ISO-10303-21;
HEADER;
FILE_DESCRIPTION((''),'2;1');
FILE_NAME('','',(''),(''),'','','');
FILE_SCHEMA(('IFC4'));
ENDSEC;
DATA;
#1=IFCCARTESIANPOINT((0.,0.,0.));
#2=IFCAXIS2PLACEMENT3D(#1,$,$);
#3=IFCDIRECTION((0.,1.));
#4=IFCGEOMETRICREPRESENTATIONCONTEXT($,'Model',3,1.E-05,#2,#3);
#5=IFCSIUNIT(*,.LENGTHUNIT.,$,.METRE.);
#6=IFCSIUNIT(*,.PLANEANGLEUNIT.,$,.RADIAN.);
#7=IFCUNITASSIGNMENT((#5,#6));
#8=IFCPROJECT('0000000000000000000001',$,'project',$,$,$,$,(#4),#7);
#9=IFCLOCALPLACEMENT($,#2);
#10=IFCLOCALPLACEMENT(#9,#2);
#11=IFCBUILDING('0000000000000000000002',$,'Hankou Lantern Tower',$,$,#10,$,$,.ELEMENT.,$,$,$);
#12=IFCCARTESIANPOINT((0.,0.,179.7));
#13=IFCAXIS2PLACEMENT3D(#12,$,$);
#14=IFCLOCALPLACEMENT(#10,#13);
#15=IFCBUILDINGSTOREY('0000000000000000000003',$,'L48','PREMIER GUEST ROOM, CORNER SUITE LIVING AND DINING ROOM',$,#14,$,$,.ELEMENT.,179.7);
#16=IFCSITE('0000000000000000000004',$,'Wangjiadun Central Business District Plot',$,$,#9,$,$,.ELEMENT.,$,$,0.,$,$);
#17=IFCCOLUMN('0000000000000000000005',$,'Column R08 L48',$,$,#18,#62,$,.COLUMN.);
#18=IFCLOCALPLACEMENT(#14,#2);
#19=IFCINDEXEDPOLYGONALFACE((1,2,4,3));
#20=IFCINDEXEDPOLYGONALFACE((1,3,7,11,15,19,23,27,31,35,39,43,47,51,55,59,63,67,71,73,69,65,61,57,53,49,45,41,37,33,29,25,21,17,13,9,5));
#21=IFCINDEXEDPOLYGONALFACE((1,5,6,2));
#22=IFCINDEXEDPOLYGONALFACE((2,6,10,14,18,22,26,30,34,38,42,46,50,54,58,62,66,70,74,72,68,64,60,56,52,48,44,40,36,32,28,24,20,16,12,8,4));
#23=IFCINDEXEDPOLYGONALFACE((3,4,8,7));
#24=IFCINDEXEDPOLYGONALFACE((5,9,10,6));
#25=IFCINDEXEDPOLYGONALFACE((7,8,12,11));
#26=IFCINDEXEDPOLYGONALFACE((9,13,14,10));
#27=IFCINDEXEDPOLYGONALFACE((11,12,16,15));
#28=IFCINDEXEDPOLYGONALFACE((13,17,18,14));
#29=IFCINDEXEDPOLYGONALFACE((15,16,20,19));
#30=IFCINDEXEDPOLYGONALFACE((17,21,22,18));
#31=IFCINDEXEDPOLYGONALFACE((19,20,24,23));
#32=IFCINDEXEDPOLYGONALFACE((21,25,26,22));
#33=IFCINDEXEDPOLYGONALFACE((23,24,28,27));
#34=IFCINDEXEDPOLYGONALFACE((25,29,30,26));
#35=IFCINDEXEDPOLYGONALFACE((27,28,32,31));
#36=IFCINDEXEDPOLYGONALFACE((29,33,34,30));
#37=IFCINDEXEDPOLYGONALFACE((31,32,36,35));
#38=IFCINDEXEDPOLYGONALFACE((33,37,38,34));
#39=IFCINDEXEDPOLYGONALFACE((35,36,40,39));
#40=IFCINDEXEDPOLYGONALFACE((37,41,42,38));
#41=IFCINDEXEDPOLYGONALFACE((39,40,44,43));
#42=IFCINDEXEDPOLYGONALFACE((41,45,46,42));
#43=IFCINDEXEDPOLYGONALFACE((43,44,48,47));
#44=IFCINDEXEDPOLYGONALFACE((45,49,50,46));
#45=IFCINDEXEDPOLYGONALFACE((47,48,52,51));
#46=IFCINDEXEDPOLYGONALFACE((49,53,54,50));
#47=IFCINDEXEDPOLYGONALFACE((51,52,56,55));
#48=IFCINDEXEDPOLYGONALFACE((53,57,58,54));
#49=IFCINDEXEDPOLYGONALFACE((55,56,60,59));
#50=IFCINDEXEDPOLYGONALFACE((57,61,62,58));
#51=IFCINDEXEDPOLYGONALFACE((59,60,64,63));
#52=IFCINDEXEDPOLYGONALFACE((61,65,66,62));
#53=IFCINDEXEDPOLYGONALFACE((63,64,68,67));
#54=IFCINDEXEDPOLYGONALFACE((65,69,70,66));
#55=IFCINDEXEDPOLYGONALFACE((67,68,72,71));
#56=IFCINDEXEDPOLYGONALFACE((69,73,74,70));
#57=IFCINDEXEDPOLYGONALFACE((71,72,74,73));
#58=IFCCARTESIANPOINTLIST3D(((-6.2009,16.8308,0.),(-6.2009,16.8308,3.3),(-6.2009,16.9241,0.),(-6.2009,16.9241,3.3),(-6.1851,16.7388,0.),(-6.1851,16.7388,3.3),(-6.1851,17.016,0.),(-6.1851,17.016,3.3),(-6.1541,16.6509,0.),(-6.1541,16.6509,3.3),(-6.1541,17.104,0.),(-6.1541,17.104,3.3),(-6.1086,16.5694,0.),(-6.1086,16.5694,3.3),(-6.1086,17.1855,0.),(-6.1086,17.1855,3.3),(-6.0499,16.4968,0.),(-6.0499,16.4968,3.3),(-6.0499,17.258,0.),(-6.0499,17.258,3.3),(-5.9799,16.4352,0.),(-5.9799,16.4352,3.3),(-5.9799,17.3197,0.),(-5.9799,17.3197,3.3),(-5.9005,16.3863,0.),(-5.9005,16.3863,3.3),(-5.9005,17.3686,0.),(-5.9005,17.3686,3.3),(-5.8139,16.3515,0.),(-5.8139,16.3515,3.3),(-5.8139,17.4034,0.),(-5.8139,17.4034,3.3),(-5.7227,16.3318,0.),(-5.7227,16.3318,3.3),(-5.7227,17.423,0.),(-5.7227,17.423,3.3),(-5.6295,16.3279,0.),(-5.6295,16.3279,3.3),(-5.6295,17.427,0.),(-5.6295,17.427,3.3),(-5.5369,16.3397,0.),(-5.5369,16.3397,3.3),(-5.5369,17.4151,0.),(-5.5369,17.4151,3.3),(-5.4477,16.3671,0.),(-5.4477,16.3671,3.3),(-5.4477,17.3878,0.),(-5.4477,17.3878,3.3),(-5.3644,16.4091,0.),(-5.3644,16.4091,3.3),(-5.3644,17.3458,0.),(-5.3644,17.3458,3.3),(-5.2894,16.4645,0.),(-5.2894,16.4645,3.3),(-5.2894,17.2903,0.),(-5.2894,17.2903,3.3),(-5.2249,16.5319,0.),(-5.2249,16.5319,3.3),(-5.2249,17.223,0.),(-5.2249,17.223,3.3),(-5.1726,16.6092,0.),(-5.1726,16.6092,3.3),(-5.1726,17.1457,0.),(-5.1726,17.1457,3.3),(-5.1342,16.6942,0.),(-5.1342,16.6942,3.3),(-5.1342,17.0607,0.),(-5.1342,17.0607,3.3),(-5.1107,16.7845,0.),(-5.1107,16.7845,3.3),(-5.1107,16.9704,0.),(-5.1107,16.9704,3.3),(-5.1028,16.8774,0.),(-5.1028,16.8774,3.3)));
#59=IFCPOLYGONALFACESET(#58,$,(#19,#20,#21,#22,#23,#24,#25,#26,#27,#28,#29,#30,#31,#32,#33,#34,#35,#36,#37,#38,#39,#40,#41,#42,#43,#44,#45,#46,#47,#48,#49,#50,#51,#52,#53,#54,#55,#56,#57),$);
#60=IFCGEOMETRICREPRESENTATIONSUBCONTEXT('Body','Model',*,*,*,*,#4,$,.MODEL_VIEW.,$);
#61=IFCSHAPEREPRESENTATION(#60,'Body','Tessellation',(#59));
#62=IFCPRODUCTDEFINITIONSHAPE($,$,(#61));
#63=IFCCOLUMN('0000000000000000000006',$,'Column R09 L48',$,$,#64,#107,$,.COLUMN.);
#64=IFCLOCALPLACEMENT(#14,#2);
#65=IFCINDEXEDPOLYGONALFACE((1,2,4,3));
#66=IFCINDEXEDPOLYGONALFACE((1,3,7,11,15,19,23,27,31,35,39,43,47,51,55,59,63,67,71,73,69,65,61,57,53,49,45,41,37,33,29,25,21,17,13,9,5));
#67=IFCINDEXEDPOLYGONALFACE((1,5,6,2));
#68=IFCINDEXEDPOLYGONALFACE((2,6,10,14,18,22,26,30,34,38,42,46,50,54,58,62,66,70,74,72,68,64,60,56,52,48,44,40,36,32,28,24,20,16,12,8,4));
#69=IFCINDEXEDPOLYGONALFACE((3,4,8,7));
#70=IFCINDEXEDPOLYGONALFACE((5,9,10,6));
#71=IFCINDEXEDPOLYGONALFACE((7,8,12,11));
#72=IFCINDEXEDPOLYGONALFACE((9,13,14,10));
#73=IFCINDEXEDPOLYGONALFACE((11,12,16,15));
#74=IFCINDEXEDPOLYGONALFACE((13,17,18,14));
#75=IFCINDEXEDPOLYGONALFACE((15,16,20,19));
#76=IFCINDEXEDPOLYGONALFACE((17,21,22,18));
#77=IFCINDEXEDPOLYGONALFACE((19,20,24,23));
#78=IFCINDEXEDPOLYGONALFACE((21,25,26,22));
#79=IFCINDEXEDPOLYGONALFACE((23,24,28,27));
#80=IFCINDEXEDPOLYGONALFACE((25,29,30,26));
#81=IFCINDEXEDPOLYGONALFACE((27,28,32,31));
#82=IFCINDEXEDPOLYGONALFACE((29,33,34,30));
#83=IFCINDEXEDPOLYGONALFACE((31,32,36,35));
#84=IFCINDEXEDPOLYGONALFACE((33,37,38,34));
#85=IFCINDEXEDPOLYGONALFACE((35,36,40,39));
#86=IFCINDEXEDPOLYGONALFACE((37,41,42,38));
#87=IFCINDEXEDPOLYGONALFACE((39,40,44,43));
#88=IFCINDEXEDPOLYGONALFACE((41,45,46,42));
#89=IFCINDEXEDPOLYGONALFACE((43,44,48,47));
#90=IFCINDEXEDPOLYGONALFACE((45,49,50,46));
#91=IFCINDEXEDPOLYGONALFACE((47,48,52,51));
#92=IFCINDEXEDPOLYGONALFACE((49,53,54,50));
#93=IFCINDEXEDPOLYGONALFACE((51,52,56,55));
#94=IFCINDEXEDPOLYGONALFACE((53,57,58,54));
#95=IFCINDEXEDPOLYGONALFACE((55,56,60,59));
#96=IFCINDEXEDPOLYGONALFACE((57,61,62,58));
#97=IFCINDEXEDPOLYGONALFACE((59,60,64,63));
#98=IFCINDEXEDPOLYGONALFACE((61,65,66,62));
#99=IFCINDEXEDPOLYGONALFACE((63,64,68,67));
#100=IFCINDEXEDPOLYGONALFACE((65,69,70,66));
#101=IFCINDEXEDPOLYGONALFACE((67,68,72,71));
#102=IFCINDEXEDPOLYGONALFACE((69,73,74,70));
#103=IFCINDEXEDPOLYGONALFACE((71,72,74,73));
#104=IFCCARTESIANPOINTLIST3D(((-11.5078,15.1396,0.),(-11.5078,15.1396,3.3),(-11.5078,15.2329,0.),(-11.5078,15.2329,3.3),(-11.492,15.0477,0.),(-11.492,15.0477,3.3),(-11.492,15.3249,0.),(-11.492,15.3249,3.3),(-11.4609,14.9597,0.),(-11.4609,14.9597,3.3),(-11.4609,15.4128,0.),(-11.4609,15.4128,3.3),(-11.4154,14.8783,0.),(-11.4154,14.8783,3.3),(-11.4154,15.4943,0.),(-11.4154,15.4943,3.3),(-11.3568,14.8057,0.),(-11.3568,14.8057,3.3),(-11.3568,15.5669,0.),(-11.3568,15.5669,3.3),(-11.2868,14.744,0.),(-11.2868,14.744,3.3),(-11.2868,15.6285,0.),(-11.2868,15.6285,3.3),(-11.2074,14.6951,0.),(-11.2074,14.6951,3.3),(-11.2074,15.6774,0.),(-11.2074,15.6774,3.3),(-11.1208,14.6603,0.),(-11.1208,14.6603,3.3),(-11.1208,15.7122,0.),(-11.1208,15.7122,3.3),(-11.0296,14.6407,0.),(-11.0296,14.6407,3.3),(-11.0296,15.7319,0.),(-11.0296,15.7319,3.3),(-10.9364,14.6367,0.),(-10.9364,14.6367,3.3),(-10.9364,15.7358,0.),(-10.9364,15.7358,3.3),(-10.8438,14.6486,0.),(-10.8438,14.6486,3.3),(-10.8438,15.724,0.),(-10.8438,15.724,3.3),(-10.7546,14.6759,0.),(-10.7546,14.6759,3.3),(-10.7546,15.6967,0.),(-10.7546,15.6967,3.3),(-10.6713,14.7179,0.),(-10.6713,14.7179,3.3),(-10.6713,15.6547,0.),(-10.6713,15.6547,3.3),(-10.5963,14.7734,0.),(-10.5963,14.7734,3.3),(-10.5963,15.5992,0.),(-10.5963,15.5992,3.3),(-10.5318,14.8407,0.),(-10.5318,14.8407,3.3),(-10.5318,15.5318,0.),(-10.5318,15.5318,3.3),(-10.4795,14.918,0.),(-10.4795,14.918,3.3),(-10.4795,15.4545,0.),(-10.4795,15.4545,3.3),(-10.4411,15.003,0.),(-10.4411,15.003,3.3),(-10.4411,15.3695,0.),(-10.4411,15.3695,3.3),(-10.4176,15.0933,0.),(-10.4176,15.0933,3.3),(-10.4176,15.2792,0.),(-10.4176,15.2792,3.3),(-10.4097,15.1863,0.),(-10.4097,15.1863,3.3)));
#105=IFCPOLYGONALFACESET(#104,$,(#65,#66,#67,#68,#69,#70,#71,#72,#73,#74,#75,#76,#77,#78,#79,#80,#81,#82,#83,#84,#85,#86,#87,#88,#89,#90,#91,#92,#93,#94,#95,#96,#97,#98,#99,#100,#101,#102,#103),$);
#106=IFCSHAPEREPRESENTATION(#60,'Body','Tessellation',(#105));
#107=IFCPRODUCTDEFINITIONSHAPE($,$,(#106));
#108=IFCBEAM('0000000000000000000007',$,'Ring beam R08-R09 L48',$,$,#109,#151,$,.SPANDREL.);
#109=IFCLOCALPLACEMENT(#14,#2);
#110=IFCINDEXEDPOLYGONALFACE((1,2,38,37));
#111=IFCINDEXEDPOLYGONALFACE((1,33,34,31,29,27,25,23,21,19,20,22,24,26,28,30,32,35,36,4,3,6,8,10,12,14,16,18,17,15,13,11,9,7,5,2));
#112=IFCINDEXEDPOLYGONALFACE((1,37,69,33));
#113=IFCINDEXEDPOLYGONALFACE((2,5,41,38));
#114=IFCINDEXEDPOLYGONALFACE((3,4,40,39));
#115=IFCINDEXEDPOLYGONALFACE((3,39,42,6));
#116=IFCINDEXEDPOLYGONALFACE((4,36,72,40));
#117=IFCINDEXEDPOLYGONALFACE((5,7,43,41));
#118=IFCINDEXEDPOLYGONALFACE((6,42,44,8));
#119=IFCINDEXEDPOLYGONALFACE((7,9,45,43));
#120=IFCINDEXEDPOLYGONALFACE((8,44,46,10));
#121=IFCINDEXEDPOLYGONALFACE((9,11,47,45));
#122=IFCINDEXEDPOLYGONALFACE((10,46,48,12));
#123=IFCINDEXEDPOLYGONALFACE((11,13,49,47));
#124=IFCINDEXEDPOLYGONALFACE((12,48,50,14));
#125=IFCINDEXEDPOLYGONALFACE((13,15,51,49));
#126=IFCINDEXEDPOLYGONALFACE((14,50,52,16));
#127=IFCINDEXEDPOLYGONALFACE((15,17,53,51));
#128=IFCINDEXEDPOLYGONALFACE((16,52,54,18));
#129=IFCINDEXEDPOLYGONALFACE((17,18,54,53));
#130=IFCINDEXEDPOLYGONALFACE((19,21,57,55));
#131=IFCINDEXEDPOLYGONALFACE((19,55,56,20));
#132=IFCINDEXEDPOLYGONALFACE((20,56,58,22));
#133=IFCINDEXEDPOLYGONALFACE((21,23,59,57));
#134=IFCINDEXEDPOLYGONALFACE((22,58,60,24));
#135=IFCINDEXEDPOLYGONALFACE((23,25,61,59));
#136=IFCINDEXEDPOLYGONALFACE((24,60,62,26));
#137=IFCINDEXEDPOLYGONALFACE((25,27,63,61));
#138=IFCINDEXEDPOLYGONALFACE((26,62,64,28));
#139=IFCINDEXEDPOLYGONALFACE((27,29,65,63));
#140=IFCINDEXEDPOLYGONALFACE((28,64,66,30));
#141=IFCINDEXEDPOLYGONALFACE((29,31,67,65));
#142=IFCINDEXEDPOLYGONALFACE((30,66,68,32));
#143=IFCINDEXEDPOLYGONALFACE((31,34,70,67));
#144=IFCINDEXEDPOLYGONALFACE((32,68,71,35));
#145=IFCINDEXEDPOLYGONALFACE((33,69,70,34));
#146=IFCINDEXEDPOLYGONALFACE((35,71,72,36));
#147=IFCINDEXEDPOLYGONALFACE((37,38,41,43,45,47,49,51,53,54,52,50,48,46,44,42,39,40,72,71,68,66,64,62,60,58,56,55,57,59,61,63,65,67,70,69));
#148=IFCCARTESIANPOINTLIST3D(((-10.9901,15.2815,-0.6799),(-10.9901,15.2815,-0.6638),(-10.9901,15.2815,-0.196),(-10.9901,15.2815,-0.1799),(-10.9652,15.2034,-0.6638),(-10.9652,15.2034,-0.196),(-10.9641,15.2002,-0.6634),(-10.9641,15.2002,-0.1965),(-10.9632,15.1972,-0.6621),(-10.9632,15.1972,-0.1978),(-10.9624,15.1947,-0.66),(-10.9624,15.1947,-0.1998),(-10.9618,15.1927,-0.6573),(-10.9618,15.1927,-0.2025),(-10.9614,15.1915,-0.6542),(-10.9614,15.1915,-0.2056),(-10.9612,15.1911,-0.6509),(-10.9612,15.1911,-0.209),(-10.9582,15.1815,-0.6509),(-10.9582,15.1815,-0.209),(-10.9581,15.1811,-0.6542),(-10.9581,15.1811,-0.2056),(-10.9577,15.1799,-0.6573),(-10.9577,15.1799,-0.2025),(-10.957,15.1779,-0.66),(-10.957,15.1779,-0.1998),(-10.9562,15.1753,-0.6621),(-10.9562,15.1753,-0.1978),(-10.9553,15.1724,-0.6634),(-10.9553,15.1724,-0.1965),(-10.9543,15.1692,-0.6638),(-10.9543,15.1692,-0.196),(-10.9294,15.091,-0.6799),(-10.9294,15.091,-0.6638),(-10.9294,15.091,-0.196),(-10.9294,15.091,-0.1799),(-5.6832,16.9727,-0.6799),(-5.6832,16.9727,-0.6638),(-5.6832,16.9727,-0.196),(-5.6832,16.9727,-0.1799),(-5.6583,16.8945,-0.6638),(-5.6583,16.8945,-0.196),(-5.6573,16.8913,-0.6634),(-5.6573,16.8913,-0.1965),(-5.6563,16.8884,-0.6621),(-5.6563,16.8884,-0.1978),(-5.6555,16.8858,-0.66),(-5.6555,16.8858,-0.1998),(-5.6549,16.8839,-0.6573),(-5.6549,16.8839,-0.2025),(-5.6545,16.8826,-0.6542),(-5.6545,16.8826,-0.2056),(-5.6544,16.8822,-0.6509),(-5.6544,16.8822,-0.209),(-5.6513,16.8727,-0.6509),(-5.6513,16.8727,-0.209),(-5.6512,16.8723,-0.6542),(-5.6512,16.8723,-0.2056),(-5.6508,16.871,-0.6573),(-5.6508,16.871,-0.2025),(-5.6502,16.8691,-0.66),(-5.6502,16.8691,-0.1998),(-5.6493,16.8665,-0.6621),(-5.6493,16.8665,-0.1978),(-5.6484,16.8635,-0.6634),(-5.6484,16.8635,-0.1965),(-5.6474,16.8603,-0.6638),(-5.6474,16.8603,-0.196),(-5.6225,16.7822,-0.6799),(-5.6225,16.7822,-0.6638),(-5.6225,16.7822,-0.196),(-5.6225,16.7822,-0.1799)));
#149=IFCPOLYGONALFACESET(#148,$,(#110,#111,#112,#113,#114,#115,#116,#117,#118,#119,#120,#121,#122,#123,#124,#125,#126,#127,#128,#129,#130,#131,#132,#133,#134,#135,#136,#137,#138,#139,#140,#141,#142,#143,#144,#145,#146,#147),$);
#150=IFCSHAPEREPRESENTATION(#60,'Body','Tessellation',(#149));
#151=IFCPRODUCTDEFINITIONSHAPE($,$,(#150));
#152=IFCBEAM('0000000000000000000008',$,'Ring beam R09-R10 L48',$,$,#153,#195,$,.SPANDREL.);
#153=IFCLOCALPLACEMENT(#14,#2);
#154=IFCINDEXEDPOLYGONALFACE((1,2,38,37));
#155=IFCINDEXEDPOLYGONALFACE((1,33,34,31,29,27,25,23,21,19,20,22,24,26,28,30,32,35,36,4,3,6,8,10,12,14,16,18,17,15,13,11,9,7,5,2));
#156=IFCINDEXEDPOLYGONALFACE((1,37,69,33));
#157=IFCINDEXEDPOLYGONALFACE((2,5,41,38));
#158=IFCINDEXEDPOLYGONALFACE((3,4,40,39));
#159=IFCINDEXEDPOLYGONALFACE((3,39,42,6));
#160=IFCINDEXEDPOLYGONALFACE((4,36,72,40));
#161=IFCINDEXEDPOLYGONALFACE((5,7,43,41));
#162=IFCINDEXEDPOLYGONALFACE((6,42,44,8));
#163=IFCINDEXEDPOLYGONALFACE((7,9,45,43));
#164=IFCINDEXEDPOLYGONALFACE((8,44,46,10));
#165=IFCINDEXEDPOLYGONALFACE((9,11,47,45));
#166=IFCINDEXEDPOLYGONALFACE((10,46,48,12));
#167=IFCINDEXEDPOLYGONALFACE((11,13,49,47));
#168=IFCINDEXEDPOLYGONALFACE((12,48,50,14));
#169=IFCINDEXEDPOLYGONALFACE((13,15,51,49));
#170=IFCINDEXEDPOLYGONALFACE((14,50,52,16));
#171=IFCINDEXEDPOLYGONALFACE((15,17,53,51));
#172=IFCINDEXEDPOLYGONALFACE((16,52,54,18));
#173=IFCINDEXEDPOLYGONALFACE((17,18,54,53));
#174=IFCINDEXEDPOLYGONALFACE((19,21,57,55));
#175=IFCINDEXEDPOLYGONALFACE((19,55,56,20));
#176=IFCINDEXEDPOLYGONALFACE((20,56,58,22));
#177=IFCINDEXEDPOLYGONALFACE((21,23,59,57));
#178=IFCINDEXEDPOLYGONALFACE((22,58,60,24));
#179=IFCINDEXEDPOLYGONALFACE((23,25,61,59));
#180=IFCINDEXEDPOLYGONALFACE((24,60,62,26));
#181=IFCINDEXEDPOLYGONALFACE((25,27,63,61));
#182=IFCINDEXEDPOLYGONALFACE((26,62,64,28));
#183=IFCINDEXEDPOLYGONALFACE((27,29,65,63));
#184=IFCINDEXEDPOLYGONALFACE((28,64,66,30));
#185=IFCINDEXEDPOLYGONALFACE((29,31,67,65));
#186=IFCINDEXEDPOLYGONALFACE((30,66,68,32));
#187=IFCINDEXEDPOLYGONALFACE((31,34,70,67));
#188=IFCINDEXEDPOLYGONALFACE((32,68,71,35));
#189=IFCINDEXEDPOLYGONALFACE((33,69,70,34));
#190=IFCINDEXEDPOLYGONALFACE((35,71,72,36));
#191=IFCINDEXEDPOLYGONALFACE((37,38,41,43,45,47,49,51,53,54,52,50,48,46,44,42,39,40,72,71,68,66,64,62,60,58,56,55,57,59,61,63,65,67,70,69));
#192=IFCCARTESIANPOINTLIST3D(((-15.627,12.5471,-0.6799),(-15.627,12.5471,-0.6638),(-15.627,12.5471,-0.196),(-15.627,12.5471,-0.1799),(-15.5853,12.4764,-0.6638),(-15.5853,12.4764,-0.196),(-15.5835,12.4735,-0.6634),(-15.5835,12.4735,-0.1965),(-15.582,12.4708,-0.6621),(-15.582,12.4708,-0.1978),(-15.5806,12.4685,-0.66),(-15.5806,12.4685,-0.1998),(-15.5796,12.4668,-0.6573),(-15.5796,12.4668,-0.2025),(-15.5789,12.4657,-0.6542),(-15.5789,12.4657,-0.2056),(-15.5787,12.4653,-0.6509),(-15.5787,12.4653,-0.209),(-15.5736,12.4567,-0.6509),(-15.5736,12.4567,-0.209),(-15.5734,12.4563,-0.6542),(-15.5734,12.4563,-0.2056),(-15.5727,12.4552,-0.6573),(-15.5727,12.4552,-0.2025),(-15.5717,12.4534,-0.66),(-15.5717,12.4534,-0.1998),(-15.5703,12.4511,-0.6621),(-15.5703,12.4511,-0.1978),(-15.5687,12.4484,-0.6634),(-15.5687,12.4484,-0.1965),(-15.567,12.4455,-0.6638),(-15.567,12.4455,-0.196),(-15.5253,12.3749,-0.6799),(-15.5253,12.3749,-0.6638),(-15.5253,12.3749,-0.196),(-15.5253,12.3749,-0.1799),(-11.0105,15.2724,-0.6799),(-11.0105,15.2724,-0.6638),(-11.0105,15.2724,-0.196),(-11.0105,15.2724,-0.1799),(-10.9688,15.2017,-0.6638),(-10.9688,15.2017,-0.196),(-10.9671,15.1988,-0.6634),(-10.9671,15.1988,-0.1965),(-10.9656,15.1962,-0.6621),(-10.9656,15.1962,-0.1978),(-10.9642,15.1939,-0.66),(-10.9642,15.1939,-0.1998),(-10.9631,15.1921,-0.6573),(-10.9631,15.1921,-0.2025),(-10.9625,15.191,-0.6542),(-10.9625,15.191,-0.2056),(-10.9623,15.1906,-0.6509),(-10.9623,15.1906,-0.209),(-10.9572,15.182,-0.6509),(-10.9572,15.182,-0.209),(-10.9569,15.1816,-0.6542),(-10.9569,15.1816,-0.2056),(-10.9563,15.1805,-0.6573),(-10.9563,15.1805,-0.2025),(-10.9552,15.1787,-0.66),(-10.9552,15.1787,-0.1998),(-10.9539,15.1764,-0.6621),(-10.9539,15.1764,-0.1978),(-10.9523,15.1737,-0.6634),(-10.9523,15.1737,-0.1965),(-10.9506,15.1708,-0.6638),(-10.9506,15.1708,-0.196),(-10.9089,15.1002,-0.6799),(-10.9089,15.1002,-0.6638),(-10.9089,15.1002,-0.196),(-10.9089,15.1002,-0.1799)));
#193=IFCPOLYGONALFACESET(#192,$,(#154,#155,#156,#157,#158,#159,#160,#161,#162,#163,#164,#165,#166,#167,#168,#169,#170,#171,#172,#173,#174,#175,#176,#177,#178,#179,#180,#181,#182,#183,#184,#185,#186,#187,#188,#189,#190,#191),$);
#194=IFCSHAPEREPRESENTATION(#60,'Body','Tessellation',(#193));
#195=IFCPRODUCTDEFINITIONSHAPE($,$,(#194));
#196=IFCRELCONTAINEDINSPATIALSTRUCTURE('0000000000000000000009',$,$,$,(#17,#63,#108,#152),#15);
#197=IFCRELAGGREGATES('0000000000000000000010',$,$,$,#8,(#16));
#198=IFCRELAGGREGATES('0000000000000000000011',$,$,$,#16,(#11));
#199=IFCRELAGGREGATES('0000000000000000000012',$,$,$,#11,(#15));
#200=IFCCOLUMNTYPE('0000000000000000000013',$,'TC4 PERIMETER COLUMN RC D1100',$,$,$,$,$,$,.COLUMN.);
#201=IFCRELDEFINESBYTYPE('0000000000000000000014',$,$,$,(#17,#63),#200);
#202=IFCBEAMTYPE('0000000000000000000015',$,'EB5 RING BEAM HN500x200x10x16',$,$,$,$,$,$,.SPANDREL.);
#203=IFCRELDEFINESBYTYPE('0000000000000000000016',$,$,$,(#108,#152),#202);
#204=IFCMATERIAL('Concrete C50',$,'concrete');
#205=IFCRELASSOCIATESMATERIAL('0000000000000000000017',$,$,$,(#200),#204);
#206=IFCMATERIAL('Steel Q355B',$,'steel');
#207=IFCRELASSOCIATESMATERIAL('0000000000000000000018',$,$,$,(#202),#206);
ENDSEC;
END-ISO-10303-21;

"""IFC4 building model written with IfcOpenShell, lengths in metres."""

from ifc_helpers import new_model, si_unit, direction, frame, origin, origin_2d, place, context, subcontext, project, spatial, circle, i_section, extrude, material, material_profile, profile_set, type_object, element, save


model = new_model("IFC4")

# Units and contexts
model_context = context("Model", 3, precision=1e-05, world=origin(), true_north=direction((0.0, 1.0)))
body_context = subcontext(model_context, "Body", "Model", "MODEL_VIEW")
ifc_project = project(units=[si_unit("LENGTHUNIT", "METRE"), si_unit("PLANEANGLEUNIT", "RADIAN")], contexts=[model_context])

# Site, building, storey
site_placement = place(None, origin())
site = spatial("IfcSite", under=ifc_project, at=site_placement, Name="Wangjiadun Central Business District Plot", CompositionType="ELEMENT", RefElevation=0.0)
building_placement = place(site_placement, origin())
building = spatial("IfcBuilding", under=site, at=building_placement, Name="Hankou Lantern Tower", CompositionType="ELEMENT")
storey_placement = place(building_placement, frame((0.0, 0.0, 179.7)))
storey = spatial("IfcBuildingStorey", under=building, at=storey_placement, Name="L48", Description="PREMIER GUEST ROOM, CORNER SUITE LIVING AND DINING ROOM", CompositionType="ELEMENT", Elevation=179.7)

# Columns
ifc_material_1 = material(Name="Concrete C50", Category="concrete")
ifc_material_profile_1 = material_profile(ifc_material_1, circle(Radius=0.55, at=origin_2d()), Name="RC D1100")
ifc_profile_set_1 = profile_set([ifc_material_profile_1], Name="Concrete C50")
column_type = type_object("IfcColumnType", Name="TC4 PERIMETER COLUMN RC D1100", PredefinedType="COLUMN", material=ifc_profile_set_1)
for number, where, z_axis, x_axis, name in (
    (1, (-5.6528, 16.8774, 0.0), (0.0, 0.0, 1.0), (1.0, 0.0, 0.0), "Column R08 L48"),
    (2, (-10.9597, 15.1863, 0.0), (0.0, 0.0, 1.0), (1.0, 0.0, 0.0), "Column R09 L48"),
):
    element("IfcColumn", number, at=place(storey_placement, frame(where, z_axis=z_axis, x_axis=x_axis)), inside=storey, type_object=column_type, Name=name, PredefinedType="COLUMN", context=body_context, shape_type="SweptSolid", body=[
        extrude(circle(Radius=0.55, at=origin_2d()), origin(), (0.0, 0.0, 1.0), 3.3),
    ])

# Beams
ifc_material_2 = material(Name="Steel Q355B", Category="steel")
ifc_material_profile_2 = material_profile(ifc_material_2, i_section(OverallWidth=0.2, OverallDepth=0.5, WebThickness=0.01, FlangeThickness=0.0161, FilletRadius=0.0129, at=origin_2d()), Name="HN500x200x10x16")
ifc_profile_set_2 = profile_set([ifc_material_profile_2], Name="Steel Q355B")
beam_type_1 = type_object("IfcBeamType", Name="EB5 RING BEAM HN500x200x10x16", PredefinedType="SPANDREL", material=ifc_profile_set_2)
beam_1_placement = place(storey_placement, frame((-5.6528, 16.8774, -0.4299), z_axis=(-0.95279, -0.303629, 0.0), x_axis=(0.303629, -0.95279, 0.0)))
element("IfcBeam", 3, at=beam_1_placement, inside=storey, type_object=beam_type_1, Name="Ring beam R08-R09 L48", PredefinedType="SPANDREL", context=body_context, shape_type="SweptSolid", body=[
    extrude(i_section(OverallWidth=0.2, OverallDepth=0.5, WebThickness=0.01, FlangeThickness=0.0161, FilletRadius=0.0129, at=origin_2d()), origin(), (0.0, 0.0, 1.0), 5.5698),
])
beam_2_placement = place(storey_placement, frame((-10.9597, 15.1863, -0.4299), z_axis=(-0.861136, -0.508375, 0.0), x_axis=(0.508375, -0.861136, 0.0)))
element("IfcBeam", 4, at=beam_2_placement, inside=storey, type_object=beam_type_1, Name="Ring beam R09-R10 L48", PredefinedType="SPANDREL", context=body_context, shape_type="SweptSolid", body=[
    extrude(i_section(OverallWidth=0.2, OverallDepth=0.5, WebThickness=0.01, FlangeThickness=0.0161, FilletRadius=0.0129, at=origin_2d()), origin(), (0.0, 0.0, 1.0), 5.3608),
])

save(model, "model.ifc")
